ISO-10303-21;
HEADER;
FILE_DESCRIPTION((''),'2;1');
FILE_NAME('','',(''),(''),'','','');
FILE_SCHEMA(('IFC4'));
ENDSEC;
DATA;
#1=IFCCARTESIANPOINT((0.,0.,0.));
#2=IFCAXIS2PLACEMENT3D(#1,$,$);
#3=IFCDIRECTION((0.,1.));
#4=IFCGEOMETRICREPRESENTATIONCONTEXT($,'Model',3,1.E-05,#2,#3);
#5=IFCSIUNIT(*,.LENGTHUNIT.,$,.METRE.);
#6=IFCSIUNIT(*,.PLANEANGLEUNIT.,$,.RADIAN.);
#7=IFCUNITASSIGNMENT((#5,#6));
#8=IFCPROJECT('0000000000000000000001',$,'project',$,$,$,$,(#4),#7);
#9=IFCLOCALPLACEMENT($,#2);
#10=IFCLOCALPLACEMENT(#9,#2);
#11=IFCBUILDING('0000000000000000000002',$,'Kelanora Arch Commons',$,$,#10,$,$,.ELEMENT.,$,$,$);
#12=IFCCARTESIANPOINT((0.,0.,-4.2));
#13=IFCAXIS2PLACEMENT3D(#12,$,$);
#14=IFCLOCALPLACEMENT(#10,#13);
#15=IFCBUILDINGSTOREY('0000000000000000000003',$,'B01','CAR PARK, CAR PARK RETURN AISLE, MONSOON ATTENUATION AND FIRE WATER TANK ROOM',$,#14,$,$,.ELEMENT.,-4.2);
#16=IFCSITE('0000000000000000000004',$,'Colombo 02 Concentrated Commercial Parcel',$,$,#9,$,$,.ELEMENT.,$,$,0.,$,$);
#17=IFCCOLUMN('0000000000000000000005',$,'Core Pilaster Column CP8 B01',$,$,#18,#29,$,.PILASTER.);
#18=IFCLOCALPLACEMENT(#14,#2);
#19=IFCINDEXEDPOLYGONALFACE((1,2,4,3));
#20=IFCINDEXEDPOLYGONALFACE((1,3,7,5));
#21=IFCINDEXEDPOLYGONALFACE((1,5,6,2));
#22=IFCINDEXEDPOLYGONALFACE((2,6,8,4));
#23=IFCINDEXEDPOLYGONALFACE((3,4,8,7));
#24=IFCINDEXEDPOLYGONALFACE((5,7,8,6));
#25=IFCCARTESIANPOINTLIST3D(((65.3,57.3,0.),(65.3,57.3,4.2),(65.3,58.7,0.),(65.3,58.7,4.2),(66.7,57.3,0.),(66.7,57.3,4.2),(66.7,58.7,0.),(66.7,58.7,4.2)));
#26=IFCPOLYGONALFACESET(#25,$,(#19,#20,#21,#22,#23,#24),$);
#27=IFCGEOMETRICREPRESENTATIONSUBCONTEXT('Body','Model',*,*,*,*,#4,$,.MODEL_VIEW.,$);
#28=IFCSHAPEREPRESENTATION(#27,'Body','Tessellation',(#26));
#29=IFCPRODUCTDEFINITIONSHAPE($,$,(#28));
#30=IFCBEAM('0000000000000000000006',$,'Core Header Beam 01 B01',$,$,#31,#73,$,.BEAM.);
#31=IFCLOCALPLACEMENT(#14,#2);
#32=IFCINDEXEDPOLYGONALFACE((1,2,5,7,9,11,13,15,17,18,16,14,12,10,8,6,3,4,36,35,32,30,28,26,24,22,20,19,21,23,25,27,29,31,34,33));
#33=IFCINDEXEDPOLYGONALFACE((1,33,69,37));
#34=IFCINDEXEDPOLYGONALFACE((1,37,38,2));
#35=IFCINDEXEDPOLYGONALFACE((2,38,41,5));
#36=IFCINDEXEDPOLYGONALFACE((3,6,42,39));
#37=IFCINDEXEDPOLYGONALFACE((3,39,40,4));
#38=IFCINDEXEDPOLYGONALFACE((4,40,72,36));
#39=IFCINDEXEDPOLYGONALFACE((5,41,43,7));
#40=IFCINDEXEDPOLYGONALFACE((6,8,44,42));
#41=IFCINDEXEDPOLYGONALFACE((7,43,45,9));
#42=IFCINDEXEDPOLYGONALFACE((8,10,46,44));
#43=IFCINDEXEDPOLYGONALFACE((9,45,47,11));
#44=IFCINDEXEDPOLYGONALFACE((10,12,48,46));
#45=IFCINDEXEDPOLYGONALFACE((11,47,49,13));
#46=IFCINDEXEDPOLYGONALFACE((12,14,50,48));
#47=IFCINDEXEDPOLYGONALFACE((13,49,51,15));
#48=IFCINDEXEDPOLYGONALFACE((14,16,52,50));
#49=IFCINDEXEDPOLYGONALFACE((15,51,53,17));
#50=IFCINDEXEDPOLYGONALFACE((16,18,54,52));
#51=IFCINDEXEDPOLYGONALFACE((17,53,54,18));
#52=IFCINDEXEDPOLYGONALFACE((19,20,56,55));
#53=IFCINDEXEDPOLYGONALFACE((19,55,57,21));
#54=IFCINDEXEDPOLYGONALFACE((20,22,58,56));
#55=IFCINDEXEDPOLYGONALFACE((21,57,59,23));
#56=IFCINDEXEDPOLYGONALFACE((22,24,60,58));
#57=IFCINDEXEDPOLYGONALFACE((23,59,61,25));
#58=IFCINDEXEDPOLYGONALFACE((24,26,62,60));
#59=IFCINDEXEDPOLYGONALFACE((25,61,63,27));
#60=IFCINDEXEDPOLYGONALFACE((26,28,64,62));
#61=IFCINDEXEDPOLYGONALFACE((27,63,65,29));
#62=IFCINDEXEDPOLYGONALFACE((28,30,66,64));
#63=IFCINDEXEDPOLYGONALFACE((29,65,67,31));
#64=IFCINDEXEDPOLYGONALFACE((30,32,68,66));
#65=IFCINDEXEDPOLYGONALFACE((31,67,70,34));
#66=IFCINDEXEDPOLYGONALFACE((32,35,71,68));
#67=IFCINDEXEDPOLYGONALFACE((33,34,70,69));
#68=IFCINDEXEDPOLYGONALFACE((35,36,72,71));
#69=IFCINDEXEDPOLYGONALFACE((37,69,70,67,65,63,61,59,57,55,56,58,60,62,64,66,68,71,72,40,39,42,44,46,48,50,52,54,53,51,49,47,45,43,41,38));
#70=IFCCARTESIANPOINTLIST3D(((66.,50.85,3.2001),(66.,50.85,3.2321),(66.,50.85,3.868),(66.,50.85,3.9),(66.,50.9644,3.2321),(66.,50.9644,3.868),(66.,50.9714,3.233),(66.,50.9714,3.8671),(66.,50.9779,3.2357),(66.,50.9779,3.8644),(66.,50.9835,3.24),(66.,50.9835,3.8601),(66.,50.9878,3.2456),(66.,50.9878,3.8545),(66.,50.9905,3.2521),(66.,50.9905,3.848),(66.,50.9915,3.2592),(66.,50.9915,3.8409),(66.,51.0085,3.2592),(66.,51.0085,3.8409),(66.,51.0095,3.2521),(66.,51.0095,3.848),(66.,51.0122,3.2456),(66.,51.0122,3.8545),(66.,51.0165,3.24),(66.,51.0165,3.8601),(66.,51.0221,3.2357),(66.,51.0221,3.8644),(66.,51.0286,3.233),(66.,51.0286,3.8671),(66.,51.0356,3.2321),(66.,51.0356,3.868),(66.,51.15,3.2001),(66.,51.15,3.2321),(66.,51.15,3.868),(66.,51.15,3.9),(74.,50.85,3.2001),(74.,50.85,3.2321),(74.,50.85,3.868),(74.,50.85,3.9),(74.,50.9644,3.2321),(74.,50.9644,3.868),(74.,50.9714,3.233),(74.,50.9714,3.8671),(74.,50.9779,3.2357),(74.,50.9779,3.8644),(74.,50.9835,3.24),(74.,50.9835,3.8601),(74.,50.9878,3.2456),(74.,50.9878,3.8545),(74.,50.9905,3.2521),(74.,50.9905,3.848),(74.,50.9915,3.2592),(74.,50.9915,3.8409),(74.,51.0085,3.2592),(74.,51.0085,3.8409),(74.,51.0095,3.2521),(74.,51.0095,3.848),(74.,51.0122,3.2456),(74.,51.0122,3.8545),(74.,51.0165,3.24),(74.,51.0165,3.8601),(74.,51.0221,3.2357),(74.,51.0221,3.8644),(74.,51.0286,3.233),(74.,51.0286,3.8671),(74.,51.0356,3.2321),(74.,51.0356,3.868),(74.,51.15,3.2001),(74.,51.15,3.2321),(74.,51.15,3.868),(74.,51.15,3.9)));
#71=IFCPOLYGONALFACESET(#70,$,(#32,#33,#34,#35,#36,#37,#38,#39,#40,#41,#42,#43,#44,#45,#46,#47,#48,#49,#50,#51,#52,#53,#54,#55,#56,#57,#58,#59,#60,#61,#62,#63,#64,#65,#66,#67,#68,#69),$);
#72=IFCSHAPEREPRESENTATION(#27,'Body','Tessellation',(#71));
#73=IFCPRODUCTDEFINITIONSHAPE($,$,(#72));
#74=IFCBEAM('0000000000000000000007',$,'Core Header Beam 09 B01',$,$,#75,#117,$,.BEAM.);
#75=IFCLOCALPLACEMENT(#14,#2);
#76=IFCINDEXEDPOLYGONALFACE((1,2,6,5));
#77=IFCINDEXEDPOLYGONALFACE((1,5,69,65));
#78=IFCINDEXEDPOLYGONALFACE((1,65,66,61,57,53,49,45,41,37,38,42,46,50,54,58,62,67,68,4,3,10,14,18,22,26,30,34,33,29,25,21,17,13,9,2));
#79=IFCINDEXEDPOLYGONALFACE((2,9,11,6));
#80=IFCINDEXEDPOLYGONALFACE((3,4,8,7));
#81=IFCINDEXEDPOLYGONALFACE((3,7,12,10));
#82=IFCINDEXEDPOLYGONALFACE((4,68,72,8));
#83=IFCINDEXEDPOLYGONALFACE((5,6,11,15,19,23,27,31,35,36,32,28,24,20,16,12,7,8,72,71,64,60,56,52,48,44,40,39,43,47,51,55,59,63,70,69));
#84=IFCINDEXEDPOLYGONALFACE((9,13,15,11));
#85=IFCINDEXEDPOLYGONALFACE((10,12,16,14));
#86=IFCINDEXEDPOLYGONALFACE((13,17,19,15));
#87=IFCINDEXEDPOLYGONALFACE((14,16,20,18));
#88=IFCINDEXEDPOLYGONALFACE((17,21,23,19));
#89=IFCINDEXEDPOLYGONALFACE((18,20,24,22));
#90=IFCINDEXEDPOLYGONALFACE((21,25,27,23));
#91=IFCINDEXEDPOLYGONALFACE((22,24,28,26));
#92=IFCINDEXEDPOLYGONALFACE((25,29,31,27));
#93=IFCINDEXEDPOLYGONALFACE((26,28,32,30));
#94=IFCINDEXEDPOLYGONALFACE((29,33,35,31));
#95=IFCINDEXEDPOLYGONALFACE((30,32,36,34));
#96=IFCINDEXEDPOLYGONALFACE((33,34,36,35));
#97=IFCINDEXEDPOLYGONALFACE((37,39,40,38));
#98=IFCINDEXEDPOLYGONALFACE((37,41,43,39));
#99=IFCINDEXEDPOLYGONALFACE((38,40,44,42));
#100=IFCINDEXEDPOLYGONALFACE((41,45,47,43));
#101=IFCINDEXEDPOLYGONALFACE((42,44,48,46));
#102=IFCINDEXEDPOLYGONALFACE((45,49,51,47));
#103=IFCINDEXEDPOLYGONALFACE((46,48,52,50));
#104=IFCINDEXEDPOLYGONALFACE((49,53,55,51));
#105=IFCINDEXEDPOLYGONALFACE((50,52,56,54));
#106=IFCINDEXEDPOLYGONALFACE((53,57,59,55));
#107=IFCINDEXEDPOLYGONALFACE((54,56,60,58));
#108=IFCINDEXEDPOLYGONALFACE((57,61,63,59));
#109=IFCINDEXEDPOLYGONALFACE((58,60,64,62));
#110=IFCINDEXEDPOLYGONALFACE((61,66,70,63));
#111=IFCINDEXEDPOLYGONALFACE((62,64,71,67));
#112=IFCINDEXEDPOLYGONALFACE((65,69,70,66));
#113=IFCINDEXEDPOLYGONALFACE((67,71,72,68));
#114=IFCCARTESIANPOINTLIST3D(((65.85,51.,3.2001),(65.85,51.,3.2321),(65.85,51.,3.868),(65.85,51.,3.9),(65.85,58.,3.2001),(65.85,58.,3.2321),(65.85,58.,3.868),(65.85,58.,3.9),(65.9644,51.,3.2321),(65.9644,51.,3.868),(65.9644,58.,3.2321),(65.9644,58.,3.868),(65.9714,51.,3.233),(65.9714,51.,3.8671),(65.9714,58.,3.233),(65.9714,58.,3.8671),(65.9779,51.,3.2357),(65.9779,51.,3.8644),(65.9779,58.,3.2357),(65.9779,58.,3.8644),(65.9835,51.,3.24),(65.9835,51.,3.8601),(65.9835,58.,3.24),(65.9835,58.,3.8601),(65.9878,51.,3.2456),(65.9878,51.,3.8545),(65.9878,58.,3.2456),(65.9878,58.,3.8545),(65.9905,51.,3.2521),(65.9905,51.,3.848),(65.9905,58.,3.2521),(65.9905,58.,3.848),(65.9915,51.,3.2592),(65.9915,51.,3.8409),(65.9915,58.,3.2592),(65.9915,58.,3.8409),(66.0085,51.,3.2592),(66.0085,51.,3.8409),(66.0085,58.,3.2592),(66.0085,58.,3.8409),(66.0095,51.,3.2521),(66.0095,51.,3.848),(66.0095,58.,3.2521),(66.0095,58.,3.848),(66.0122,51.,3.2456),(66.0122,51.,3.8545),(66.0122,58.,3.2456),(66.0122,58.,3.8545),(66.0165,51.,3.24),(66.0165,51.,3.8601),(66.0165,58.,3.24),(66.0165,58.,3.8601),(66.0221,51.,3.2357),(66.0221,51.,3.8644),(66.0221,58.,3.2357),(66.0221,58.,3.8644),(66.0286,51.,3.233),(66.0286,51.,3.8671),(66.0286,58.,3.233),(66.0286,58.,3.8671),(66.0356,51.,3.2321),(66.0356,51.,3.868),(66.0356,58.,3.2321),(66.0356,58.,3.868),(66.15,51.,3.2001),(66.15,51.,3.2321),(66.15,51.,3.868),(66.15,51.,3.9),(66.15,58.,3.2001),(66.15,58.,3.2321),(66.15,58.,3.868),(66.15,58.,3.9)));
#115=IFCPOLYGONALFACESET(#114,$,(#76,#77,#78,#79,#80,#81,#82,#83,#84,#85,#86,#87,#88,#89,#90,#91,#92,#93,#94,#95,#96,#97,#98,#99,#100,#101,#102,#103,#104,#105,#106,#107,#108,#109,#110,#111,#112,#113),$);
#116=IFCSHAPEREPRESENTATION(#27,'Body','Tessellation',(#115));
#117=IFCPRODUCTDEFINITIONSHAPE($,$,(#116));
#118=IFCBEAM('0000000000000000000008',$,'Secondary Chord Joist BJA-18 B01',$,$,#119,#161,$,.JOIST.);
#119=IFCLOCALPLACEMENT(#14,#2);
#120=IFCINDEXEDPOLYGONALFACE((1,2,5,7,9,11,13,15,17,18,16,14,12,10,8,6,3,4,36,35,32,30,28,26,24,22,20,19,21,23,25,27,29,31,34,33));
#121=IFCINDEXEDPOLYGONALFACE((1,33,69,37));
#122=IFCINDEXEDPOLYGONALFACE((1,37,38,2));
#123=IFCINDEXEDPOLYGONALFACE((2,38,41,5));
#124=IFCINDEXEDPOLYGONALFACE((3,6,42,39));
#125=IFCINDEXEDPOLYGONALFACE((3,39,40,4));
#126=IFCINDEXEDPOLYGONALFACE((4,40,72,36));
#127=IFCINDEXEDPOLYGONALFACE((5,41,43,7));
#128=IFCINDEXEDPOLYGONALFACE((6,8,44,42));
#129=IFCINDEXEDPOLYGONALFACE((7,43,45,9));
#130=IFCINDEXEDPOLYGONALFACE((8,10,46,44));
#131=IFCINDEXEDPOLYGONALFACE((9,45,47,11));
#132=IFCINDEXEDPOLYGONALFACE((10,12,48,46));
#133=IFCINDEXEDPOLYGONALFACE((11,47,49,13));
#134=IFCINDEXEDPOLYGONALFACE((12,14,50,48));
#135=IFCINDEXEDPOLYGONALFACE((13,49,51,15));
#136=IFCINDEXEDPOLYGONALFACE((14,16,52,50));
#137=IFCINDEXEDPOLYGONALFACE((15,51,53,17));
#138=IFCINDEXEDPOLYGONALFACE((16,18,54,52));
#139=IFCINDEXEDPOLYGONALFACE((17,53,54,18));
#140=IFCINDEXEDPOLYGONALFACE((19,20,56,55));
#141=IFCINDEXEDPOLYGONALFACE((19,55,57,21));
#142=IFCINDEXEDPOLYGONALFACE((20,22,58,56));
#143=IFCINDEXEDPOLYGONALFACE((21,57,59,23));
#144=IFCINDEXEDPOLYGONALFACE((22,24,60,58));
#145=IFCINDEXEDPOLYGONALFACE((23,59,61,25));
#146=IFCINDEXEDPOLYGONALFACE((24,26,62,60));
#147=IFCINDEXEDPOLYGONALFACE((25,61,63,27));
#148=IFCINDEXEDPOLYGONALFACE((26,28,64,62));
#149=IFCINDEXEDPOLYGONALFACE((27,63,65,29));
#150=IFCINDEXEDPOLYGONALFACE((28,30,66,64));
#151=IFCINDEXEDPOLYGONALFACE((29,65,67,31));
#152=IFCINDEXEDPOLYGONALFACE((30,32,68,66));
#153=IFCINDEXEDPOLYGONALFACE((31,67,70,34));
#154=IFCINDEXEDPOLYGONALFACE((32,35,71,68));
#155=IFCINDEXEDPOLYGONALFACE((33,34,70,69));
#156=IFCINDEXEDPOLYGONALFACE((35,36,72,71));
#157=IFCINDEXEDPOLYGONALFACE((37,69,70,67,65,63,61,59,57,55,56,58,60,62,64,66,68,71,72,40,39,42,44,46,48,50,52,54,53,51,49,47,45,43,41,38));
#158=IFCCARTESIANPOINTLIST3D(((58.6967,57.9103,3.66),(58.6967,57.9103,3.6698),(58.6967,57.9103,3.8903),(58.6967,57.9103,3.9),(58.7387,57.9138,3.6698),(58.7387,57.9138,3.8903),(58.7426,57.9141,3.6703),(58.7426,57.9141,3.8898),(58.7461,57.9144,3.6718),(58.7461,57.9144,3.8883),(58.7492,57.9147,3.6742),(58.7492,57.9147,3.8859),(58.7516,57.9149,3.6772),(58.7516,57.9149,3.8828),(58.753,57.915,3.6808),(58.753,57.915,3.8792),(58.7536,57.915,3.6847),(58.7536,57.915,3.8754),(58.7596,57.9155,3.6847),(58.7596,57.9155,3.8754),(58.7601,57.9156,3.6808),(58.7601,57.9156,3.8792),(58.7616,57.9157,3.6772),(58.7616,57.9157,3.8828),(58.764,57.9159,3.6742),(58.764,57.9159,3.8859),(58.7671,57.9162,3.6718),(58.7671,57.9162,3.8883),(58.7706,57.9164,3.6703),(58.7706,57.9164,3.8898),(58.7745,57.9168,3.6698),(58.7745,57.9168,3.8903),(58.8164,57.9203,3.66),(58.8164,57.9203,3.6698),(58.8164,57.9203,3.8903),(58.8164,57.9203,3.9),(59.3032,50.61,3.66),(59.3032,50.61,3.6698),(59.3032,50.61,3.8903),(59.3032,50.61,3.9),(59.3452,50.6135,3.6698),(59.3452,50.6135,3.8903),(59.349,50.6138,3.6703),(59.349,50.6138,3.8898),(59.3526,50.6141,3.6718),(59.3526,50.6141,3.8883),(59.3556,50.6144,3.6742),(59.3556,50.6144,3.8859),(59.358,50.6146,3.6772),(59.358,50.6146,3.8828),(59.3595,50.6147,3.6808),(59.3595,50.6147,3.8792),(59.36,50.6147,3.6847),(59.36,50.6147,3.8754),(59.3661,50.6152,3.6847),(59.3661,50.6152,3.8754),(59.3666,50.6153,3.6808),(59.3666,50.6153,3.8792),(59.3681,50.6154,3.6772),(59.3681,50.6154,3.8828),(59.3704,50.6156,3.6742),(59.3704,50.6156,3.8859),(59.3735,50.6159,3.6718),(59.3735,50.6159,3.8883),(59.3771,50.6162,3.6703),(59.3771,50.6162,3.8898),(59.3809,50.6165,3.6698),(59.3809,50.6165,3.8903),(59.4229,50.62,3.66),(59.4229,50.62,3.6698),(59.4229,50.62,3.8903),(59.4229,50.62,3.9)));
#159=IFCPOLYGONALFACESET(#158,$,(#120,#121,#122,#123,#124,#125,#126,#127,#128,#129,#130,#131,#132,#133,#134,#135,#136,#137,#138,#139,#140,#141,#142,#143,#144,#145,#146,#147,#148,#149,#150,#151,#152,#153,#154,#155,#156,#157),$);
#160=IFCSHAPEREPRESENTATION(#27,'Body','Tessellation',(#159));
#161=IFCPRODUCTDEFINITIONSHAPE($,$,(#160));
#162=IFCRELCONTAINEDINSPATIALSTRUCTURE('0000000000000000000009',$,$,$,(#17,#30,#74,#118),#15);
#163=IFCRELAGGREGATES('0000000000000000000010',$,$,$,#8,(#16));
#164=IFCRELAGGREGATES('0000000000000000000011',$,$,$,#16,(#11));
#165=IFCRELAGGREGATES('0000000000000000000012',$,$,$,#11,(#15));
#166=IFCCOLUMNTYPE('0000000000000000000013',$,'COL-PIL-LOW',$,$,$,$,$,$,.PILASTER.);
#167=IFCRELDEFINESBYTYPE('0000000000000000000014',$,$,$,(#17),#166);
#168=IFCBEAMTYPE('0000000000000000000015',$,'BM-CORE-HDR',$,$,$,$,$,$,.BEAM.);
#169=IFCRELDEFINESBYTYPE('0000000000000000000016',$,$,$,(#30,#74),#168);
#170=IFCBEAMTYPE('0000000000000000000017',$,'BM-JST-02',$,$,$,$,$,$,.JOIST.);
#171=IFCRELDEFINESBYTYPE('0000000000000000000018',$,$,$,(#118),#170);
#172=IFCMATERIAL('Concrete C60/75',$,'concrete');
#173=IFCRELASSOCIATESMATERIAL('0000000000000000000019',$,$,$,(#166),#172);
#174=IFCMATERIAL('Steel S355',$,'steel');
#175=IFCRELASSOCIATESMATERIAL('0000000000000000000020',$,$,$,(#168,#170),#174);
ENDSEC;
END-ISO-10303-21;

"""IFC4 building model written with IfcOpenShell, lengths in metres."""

from ifc_helpers import new_model, si_unit, direction, frame, origin, origin_2d, place, context, subcontext, project, spatial, rectangle, i_section, extrude, material, material_profile, profile_set, type_object, element, save


model = new_model("IFC4")

# Units and contexts
model_context = context("Model", 3, precision=1e-05, world=origin(), true_north=direction((0.0, 1.0)))
body_context = subcontext(model_context, "Body", "Model", "MODEL_VIEW")
ifc_project = project(units=[si_unit("LENGTHUNIT", "METRE"), si_unit("PLANEANGLEUNIT", "RADIAN")], contexts=[model_context])

# Site, building, storey
site_placement = place(None, origin())
site = spatial("IfcSite", under=ifc_project, at=site_placement, Name="Colombo 02 Concentrated Commercial Parcel", CompositionType="ELEMENT", RefElevation=0.0)
building_placement = place(site_placement, origin())
building = spatial("IfcBuilding", under=site, at=building_placement, Name="Kelanora Arch Commons", CompositionType="ELEMENT")
storey_placement = place(building_placement, frame((0.0, 0.0, -4.2)))
storey = spatial("IfcBuildingStorey", under=building, at=storey_placement, Name="B01", Description="CAR PARK, CAR PARK RETURN AISLE, MONSOON ATTENUATION AND FIRE WATER TANK ROOM", CompositionType="ELEMENT", Elevation=-4.2)

# Column
ifc_material_1 = material(Name="Concrete C60/75", Category="concrete")
ifc_material_profile_1 = material_profile(ifc_material_1, rectangle(XDim=1.3999, YDim=1.3999, at=origin_2d()), Name="RC1400x1400")
ifc_profile_set_1 = profile_set([ifc_material_profile_1], Name="Concrete C60/75")
column_type = type_object("IfcColumnType", Name="COL-PIL-LOW", PredefinedType="PILASTER", material=ifc_profile_set_1)
column_placement = place(storey_placement, frame((66.0, 58.0, 0.0), z_axis=(0.0, 0.0, 1.0), x_axis=(1.0, 0.0, 0.0)))
element("IfcColumn", 1, at=column_placement, inside=storey, type_object=column_type, Name="Core Pilaster Column CP8 B01", PredefinedType="PILASTER", context=body_context, shape_type="SweptSolid", body=[
    extrude(rectangle(XDim=1.3999, YDim=1.3999, at=origin_2d()), origin(), (0.0, 0.0, 1.0), 4.2),
])

# Beams
ifc_material_2 = material(Name="Steel S355", Category="steel")
ifc_material_profile_2 = material_profile(ifc_material_2, i_section(OverallWidth=0.3, OverallDepth=0.7, WebThickness=0.0171, FlangeThickness=0.032, FilletRadius=0.0271, at=origin_2d()), Name="HEB700")
ifc_profile_set_2 = profile_set([ifc_material_profile_2], Name="Steel S355")
beam_type_1 = type_object("IfcBeamType", Name="BM-CORE-HDR", PredefinedType="BEAM", material=ifc_profile_set_2)
beam_1_placement = place(storey_placement, frame((66.0, 51.0, 3.55), z_axis=(1.0, 0.0, 0.0), x_axis=(0.0, 1.0, 0.0)))
element("IfcBeam", 2, at=beam_1_placement, inside=storey, type_object=beam_type_1, Name="Core Header Beam 01 B01", PredefinedType="BEAM", context=body_context, shape_type="SweptSolid", body=[
    extrude(i_section(OverallWidth=0.3, OverallDepth=0.7, WebThickness=0.0171, FlangeThickness=0.032, FilletRadius=0.0271, at=origin_2d()), origin(), (0.0, 0.0, 1.0), 8.0),
])
beam_2_placement = place(storey_placement, frame((66.0, 58.0, 3.55), z_axis=(0.0, -1.0, 0.0), x_axis=(1.0, 0.0, 0.0)))
element("IfcBeam", 3, at=beam_2_placement, inside=storey, type_object=beam_type_1, Name="Core Header Beam 09 B01", PredefinedType="BEAM", context=body_context, shape_type="SweptSolid", body=[
    extrude(i_section(OverallWidth=0.3, OverallDepth=0.7, WebThickness=0.0171, FlangeThickness=0.032, FilletRadius=0.0271, at=origin_2d()), origin(), (0.0, 0.0, 1.0), 7.0),
])
ifc_material_profile_3 = material_profile(ifc_material_2, i_section(OverallWidth=0.1201, OverallDepth=0.24, WebThickness=0.0061, FlangeThickness=0.0098, FilletRadius=0.0149, at=origin_2d()), Name="IPE240")
ifc_profile_set_3 = profile_set([ifc_material_profile_3], Name="Steel S355")
beam_type_2 = type_object("IfcBeamType", Name="BM-JST-02", PredefinedType="JOIST", material=ifc_profile_set_3)
beam_3_placement = place(storey_placement, frame((58.7566, 57.9153, 3.78), z_axis=(0.082786, -0.996567, 0.0), x_axis=(0.996567, 0.082786, 0.0)))
element("IfcBeam", 4, at=beam_3_placement, inside=storey, type_object=beam_type_2, Name="Secondary Chord Joist BJA-18 B01", PredefinedType="JOIST", context=body_context, shape_type="SweptSolid", body=[
    extrude(i_section(OverallWidth=0.1201, OverallDepth=0.24, WebThickness=0.0061, FlangeThickness=0.0098, FilletRadius=0.0149, at=origin_2d()), origin(), (0.0, 0.0, 1.0), 7.3254),
])

save(model, "model.ifc")
